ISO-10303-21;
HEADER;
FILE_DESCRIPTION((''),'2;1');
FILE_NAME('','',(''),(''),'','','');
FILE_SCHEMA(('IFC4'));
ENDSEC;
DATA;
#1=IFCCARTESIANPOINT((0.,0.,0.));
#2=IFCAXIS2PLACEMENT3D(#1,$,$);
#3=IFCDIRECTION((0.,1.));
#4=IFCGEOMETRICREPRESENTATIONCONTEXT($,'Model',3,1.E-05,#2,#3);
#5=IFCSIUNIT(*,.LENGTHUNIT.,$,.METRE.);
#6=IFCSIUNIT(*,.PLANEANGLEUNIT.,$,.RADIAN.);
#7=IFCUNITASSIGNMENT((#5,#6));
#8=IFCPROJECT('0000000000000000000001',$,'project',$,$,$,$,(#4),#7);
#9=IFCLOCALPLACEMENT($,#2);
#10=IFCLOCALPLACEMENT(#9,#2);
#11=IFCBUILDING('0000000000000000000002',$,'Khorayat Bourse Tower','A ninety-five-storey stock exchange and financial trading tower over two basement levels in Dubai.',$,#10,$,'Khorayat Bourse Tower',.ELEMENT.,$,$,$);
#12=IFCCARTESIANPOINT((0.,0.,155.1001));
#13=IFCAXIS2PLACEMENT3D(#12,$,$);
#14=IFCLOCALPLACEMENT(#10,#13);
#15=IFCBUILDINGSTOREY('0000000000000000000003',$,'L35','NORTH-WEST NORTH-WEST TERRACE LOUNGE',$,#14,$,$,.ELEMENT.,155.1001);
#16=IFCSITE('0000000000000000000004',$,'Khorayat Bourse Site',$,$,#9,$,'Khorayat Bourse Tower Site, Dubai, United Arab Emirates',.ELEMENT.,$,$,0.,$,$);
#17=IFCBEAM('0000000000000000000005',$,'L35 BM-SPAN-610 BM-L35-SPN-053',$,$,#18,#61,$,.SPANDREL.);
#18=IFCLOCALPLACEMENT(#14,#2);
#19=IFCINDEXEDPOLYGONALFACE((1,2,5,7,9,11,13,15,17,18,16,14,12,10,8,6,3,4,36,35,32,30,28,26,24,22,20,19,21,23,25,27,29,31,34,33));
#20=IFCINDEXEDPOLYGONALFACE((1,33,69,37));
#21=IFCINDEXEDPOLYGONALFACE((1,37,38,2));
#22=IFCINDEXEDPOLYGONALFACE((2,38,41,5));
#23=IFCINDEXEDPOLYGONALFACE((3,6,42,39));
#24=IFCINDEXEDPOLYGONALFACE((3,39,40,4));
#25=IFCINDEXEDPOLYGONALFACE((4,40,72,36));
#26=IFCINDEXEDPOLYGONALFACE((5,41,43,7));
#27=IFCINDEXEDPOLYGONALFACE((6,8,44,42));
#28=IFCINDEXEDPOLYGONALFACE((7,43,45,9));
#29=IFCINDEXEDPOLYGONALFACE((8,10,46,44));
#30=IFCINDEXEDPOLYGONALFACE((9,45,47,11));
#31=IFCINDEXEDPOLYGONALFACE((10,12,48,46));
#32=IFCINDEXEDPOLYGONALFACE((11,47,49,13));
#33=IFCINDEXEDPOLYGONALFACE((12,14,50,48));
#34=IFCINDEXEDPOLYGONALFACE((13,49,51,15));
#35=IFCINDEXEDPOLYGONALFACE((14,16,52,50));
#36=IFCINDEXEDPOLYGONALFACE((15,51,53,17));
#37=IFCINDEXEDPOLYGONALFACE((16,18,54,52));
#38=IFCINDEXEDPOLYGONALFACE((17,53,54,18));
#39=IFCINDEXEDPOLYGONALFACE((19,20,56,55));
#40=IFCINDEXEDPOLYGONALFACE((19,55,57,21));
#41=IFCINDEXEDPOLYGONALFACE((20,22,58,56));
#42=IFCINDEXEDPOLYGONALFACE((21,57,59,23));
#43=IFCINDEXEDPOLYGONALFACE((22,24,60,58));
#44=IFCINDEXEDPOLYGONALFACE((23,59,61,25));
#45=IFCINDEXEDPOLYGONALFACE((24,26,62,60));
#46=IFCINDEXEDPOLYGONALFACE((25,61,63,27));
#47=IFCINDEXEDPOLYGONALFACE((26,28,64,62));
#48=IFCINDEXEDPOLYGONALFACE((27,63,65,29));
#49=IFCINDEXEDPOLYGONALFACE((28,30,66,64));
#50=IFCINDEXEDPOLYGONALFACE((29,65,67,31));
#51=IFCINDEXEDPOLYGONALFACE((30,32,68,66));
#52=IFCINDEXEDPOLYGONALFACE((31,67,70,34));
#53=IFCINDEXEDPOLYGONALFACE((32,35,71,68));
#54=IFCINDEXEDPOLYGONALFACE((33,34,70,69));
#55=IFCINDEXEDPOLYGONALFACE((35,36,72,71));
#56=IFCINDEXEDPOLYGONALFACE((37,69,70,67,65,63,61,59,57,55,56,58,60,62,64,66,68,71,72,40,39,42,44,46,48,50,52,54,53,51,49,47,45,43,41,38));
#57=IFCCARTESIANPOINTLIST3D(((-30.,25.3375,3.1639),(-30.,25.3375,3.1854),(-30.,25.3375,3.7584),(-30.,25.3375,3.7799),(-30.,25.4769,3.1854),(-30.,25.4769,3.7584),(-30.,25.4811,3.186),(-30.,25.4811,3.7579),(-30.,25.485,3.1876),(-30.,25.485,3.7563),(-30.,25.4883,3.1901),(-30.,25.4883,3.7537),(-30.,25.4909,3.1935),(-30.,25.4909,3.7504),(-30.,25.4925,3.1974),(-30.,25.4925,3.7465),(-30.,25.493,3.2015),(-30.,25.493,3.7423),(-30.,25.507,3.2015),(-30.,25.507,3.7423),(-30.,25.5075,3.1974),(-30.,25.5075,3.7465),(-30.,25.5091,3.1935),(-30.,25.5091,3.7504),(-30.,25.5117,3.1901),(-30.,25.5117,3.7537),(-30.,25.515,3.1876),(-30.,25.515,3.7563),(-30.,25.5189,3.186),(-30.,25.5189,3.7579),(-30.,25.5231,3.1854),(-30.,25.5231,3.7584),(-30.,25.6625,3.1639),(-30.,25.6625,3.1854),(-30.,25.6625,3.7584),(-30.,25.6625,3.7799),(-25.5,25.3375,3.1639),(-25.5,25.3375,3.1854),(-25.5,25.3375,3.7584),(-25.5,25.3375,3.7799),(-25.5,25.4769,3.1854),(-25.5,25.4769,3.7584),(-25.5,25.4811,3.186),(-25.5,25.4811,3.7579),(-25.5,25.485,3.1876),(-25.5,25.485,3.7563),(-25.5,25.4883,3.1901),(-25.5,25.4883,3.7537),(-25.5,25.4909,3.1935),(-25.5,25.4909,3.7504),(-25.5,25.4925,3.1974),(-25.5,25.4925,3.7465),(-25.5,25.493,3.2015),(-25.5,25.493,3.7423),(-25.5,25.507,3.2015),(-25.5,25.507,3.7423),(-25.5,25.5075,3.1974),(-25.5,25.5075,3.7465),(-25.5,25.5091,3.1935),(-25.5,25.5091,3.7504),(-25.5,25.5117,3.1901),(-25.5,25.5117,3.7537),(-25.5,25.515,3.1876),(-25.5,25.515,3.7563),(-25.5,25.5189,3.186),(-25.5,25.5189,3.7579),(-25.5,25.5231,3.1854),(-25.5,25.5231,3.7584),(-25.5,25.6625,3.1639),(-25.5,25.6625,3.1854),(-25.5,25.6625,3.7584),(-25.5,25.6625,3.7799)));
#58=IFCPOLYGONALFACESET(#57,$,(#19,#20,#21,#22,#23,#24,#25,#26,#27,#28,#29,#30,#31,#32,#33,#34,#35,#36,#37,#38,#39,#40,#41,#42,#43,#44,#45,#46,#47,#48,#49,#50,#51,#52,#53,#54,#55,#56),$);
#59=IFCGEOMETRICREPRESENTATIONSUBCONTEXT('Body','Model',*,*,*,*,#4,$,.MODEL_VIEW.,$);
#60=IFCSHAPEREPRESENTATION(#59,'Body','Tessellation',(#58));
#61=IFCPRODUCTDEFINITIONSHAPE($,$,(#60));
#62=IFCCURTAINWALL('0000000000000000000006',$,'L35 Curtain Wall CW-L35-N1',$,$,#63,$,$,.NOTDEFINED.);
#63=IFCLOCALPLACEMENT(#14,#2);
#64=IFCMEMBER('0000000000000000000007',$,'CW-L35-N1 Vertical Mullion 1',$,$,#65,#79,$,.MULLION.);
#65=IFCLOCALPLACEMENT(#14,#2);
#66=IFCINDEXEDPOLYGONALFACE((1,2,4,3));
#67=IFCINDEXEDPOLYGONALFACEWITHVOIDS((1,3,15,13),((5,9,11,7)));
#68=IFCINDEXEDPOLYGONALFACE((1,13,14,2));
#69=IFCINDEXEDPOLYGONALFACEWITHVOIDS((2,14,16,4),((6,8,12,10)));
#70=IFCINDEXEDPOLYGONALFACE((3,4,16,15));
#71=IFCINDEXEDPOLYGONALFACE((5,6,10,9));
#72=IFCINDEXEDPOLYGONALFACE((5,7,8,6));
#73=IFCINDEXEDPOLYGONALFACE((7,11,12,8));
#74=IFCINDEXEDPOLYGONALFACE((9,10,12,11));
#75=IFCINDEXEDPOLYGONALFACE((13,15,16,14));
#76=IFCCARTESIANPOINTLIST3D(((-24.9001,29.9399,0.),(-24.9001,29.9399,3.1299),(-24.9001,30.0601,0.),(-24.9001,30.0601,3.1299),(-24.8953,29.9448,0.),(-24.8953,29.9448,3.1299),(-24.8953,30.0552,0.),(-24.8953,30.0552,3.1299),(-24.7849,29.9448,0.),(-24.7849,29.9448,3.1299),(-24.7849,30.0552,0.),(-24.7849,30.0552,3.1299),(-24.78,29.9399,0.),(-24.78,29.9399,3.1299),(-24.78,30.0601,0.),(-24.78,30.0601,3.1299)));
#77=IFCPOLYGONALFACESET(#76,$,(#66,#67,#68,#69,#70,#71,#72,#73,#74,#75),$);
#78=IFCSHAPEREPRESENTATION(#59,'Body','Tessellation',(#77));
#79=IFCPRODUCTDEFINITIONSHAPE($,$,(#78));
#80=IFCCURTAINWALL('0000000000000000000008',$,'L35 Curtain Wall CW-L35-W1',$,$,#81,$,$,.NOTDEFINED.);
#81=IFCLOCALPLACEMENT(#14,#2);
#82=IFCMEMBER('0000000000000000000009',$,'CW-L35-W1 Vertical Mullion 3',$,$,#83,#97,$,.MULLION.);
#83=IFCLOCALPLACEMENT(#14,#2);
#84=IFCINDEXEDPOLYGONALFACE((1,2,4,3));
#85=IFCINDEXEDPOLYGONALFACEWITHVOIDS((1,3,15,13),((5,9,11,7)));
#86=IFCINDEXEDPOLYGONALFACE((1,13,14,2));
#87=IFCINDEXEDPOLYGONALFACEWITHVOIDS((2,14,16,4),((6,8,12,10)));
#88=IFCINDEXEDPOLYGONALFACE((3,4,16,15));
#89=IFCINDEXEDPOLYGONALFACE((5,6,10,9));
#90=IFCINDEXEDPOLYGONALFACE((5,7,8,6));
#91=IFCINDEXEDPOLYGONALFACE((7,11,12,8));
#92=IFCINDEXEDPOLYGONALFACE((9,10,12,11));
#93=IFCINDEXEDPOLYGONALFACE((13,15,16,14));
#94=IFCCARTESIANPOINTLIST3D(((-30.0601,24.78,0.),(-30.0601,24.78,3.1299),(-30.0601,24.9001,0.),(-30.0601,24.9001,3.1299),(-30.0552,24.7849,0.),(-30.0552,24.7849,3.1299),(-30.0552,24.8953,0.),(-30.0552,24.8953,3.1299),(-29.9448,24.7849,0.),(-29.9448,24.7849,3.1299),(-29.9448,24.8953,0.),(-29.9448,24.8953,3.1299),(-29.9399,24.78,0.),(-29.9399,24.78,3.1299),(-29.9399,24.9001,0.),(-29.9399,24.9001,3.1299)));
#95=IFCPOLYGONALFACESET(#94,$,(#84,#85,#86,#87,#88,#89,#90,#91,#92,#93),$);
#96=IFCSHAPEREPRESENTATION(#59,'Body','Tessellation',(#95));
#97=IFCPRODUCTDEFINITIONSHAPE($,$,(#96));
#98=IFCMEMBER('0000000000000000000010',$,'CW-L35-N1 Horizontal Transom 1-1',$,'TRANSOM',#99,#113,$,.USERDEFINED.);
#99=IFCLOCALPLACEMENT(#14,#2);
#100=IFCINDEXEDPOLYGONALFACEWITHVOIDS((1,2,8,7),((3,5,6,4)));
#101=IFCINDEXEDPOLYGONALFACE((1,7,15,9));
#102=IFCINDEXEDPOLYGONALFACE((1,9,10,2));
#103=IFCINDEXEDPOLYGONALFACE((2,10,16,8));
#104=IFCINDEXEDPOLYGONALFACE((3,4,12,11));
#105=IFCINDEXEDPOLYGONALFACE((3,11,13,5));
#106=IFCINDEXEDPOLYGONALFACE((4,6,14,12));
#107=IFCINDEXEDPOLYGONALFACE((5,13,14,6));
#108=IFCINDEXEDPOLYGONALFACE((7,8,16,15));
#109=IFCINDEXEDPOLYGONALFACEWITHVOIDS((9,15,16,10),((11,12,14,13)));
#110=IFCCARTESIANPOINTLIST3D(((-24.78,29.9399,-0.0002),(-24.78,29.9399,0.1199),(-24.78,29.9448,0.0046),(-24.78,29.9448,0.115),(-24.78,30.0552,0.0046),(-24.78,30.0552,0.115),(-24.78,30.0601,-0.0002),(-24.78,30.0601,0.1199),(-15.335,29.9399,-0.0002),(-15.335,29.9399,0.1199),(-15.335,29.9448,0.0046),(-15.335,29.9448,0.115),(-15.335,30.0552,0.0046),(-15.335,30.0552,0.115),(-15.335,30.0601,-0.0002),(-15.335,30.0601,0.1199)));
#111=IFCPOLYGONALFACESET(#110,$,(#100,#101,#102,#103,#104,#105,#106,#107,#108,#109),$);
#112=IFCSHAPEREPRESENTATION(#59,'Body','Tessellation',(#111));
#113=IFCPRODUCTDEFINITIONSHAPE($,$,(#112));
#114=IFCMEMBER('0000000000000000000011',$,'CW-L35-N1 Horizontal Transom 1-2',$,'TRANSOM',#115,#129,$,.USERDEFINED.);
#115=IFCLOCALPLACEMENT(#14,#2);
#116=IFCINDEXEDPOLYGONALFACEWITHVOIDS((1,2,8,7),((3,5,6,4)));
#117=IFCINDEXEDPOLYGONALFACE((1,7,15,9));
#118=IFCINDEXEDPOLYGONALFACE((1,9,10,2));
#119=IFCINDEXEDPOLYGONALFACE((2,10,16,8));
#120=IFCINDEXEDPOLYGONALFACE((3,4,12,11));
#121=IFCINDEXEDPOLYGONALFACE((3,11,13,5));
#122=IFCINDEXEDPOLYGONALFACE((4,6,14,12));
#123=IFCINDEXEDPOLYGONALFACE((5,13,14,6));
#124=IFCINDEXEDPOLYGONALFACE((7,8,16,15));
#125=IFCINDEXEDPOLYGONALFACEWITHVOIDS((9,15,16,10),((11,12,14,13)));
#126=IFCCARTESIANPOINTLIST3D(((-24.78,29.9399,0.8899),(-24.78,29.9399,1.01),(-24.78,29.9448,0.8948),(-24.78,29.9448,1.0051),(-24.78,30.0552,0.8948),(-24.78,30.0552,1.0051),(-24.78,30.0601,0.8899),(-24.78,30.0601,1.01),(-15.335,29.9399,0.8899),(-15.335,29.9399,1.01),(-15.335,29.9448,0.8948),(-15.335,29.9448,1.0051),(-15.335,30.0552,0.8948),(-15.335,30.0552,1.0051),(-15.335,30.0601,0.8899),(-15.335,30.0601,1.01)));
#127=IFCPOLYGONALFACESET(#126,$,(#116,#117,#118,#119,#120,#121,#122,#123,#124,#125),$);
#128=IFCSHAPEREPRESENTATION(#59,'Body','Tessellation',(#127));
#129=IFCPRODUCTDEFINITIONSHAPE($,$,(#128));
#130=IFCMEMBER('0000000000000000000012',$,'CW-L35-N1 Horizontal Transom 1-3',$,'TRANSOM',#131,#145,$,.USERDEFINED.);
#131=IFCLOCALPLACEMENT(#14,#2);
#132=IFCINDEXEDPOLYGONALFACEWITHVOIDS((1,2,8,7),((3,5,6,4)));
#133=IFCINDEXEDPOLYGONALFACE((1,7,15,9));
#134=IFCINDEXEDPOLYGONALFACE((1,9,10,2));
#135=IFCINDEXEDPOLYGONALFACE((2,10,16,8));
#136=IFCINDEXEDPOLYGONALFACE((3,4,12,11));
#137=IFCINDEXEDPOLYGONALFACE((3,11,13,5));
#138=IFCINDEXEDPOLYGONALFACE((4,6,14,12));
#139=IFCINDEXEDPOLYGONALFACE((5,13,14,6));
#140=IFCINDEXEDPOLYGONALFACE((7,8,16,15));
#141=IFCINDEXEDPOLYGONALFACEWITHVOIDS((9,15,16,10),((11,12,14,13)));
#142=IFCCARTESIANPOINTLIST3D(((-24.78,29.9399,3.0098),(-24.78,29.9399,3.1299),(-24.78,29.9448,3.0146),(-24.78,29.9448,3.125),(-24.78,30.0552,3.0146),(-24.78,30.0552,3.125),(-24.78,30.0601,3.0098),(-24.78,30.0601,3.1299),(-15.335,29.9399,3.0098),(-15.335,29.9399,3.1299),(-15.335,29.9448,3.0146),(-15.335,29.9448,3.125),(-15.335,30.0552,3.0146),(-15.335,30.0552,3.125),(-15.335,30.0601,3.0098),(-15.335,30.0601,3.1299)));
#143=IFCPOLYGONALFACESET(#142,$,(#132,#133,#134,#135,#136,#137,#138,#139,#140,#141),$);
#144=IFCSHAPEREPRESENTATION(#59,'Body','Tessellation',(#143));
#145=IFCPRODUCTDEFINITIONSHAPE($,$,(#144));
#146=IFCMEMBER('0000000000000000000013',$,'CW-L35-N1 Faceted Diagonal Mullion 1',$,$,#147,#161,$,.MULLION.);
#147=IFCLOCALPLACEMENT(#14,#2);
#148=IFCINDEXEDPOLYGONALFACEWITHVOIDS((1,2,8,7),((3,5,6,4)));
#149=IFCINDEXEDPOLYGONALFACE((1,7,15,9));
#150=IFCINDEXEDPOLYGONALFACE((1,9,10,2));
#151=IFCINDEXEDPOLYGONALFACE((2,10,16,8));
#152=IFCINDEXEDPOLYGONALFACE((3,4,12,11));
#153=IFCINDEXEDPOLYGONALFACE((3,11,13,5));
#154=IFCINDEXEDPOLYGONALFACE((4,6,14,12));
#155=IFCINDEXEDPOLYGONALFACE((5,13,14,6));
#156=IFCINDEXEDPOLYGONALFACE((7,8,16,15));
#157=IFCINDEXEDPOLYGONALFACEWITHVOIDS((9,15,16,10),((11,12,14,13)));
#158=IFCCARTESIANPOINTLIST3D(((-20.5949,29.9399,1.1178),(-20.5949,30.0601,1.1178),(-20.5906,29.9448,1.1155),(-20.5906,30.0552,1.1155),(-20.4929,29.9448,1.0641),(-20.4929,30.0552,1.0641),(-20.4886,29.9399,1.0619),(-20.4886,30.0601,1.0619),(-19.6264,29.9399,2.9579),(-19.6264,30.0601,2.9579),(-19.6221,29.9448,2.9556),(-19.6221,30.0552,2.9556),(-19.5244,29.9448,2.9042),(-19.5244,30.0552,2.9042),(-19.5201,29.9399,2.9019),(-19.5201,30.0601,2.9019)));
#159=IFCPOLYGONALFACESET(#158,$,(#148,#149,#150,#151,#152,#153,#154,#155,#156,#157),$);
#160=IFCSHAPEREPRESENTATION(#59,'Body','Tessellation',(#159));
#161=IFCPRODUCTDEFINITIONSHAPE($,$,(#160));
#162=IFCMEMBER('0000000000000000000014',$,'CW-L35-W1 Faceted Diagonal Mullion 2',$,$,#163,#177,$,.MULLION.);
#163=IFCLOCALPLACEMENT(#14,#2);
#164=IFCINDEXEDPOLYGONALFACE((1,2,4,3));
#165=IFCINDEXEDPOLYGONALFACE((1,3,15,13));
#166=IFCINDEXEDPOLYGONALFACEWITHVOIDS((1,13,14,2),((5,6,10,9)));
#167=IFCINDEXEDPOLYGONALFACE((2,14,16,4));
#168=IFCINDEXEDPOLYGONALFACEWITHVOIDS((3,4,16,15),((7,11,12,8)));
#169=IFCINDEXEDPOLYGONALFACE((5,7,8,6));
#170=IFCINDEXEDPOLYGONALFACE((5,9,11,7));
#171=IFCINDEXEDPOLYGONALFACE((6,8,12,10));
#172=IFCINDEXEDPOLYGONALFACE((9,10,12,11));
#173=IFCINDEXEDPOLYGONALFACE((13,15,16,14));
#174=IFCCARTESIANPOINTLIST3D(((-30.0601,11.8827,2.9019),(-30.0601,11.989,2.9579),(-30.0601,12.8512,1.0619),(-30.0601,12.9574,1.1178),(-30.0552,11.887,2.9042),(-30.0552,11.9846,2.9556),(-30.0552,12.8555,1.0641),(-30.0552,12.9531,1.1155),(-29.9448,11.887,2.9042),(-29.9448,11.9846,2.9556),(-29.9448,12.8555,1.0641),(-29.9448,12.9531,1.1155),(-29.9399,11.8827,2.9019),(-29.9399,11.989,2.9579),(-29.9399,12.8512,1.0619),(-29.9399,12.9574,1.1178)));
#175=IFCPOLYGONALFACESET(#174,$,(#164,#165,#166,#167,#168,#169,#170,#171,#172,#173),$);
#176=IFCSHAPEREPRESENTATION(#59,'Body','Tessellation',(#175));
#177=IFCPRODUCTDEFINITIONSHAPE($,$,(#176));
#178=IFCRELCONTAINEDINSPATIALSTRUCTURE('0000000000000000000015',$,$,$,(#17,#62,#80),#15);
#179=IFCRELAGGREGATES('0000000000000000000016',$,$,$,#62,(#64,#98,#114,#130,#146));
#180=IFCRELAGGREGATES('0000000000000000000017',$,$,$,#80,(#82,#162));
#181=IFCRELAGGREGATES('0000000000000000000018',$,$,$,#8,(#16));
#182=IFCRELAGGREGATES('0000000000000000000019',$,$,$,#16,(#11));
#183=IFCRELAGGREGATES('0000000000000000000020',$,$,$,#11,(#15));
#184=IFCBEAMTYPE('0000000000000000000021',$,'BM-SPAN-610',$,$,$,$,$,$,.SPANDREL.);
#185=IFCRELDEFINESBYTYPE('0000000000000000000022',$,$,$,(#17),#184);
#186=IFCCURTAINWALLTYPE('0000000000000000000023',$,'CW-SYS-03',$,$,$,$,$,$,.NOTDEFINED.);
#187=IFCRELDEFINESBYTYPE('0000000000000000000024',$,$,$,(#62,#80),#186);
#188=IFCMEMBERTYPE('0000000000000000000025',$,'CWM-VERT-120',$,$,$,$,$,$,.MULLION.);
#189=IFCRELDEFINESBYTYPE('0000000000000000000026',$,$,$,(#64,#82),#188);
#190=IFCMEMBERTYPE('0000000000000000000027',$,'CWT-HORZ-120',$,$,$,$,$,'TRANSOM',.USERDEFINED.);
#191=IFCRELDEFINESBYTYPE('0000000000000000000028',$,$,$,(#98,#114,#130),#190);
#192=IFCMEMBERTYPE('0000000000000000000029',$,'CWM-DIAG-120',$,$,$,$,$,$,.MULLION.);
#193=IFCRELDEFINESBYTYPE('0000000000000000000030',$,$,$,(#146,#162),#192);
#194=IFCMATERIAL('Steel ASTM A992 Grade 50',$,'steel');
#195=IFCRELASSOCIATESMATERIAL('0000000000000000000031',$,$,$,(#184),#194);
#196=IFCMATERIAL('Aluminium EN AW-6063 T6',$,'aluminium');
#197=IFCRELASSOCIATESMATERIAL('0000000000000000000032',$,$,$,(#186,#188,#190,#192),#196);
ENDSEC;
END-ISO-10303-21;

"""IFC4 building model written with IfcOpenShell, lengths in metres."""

from ifc_helpers import new_model, si_unit, direction, frame, origin, origin_2d, place, context, subcontext, project, spatial, hollow_rectangle, i_section, extrude, source, transform, mapped, material, material_profile, profile_set, type_object, element, aggregate, save


model = new_model("IFC4")

# Units and contexts
model_context = context("Model", 3, precision=1e-05, world=origin(), true_north=direction((0.0, 1.0)))
body_context = subcontext(model_context, "Body", "Model", "MODEL_VIEW")
ifc_project = project(units=[si_unit("LENGTHUNIT", "METRE"), si_unit("PLANEANGLEUNIT", "RADIAN")], contexts=[model_context])

# Site, building, storey
site_placement = place(None, origin())
site = spatial("IfcSite", under=ifc_project, at=site_placement, Name="Khorayat Bourse Site", LongName="Khorayat Bourse Tower Site, Dubai, United Arab Emirates", CompositionType="ELEMENT", RefElevation=0.0)
building_placement = place(site_placement, origin())
building = spatial("IfcBuilding", under=site, at=building_placement, Name="Khorayat Bourse Tower", Description="A ninety-five-storey stock exchange and financial trading tower over two basement levels in Dubai.", LongName="Khorayat Bourse Tower", CompositionType="ELEMENT")
storey_placement = place(building_placement, frame((0.0, 0.0, 155.1001)))
storey = spatial("IfcBuildingStorey", under=building, at=storey_placement, Name="L35", Description="NORTH-WEST NORTH-WEST TERRACE LOUNGE", CompositionType="ELEMENT", Elevation=155.1001)

# Beam
ifc_material_1 = material(Name="Steel ASTM A992 Grade 50", Category="steel")
ifc_material_profile_1 = material_profile(ifc_material_1, i_section(OverallWidth=0.325, OverallDepth=0.616, WebThickness=0.0139, FlangeThickness=0.0215, FilletRadius=0.0161, at=origin_2d()), Name="W610X174")
ifc_profile_set_1 = profile_set([ifc_material_profile_1], Name="Steel ASTM A992 Grade 50")
beam_type_1 = type_object("IfcBeamType", Name="BM-SPAN-610", PredefinedType="SPANDREL", material=ifc_profile_set_1)
shared_shape_1 = source(origin(), body_context, "Body", "SweptSolid", [
    extrude(i_section(OverallWidth=0.325, OverallDepth=0.616, WebThickness=0.0139, FlangeThickness=0.0215, FilletRadius=0.0161, at=origin_2d()), origin(), (0.0, 0.0, 1.0), 4.5),
])
for number, where, z_axis, x_axis, name in (
    (1, (-30.0, 25.5, 3.4719), (1.0, 0.0, 0.0), (0.0, 1.0, 0.0), "L35 BM-SPAN-610 BM-L35-SPN-053"),
):
    element("IfcBeam", number, at=place(storey_placement, frame(where, z_axis=z_axis, x_axis=x_axis)), inside=storey, type_object=beam_type_1, Name=name, PredefinedType="SPANDREL", context=body_context, shape_type="MappedRepresentation", body=[
        mapped(shared_shape_1, transform((0.0, 0.0, 0.0), scale=1.0)),
    ])

# Curtain walls, members
ifc_material_2 = material(Name="Aluminium EN AW-6063 T6", Category="aluminium")
curtain_wall_type = type_object("IfcCurtainWallType", Name="CW-SYS-03", PredefinedType="NOTDEFINED", material=ifc_material_2)
curtain_wall_1_placement = place(storey_placement, origin())
curtain_wall_1 = element("IfcCurtainWall", 2, at=curtain_wall_1_placement, inside=storey, type_object=curtain_wall_type, Name="L35 Curtain Wall CW-L35-N1", PredefinedType="NOTDEFINED")
ifc_material_profile_2 = material_profile(ifc_material_2, hollow_rectangle(XDim=0.1201, YDim=0.1201, WallThickness=0.0049, at=origin_2d()), Name="ALU 120x120x5")
ifc_profile_set_2 = profile_set([ifc_material_profile_2], Name="Aluminium EN AW-6063 T6")
member_type_1 = type_object("IfcMemberType", Name="CWM-VERT-120", PredefinedType="MULLION", material=ifc_profile_set_2)
shared_shape_2 = source(origin(), body_context, "Body", "SweptSolid", [
    extrude(hollow_rectangle(XDim=0.1201, YDim=0.1201, WallThickness=0.0049, at=origin_2d()), origin(), (0.0, 0.0, 1.0), 3.1299),
])
member_1_placement = place(storey_placement, frame((-24.8401, 30.0, 0.0), z_axis=(0.0, 0.0, 1.0), x_axis=(0.0, 1.0, 0.0)))
member_1 = element("IfcMember", 3, at=member_1_placement, type_object=member_type_1, Name="CW-L35-N1 Vertical Mullion 1", PredefinedType="MULLION", context=body_context, shape_type="MappedRepresentation", body=[
    mapped(shared_shape_2, transform((0.0, 0.0, 0.0), scale=1.0)),
])
curtain_wall_2_placement = place(storey_placement, origin())
curtain_wall_2 = element("IfcCurtainWall", 4, at=curtain_wall_2_placement, inside=storey, type_object=curtain_wall_type, Name="L35 Curtain Wall CW-L35-W1", PredefinedType="NOTDEFINED")
member_2_placement = place(storey_placement, frame((-30.0, 24.8401, 0.0), z_axis=(0.0, 0.0, 1.0), x_axis=(-1.0, 0.0, 0.0)))
member_2 = element("IfcMember", 5, at=member_2_placement, type_object=member_type_1, Name="CW-L35-W1 Vertical Mullion 3", PredefinedType="MULLION", context=body_context, shape_type="MappedRepresentation", body=[
    mapped(shared_shape_2, transform((0.0, 0.0, 0.0), scale=1.0)),
])

# Members
ifc_material_profile_3 = material_profile(ifc_material_2, hollow_rectangle(XDim=0.1201, YDim=0.1201, WallThickness=0.0049, at=origin_2d()), Name="ALU 120x120x5")
ifc_profile_set_3 = profile_set([ifc_material_profile_3], Name="Aluminium EN AW-6063 T6")
member_type_2 = type_object("IfcMemberType", Name="CWT-HORZ-120", ElementType="TRANSOM", PredefinedType="USERDEFINED", material=ifc_profile_set_3)
shared_shape_3 = source(origin(), body_context, "Body", "SweptSolid", [
    extrude(hollow_rectangle(XDim=0.1201, YDim=0.1201, WallThickness=0.0049, at=origin_2d()), origin(), (0.0, 0.0, 1.0), 9.4451),
])
member_3_placement = place(storey_placement, frame((-24.78, 30.0, 0.0598), z_axis=(1.0, 0.0, 0.0), x_axis=(0.0, 1.0, 0.0)))
member_3 = element("IfcMember", 6, at=member_3_placement, type_object=member_type_2, Name="CW-L35-N1 Horizontal Transom 1-1", ObjectType="TRANSOM", PredefinedType="USERDEFINED", context=body_context, shape_type="MappedRepresentation", body=[
    mapped(shared_shape_3, transform((0.0, 0.0, 0.0), scale=1.0)),
])
member_4_placement = place(storey_placement, frame((-24.78, 30.0, 0.95), z_axis=(1.0, 0.0, 0.0), x_axis=(0.0, 1.0, 0.0)))
member_4 = element("IfcMember", 7, at=member_4_placement, type_object=member_type_2, Name="CW-L35-N1 Horizontal Transom 1-2", ObjectType="TRANSOM", PredefinedType="USERDEFINED", context=body_context, shape_type="MappedRepresentation", body=[
    mapped(shared_shape_3, transform((0.0, 0.0, 0.0), scale=1.0)),
])
member_5_placement = place(storey_placement, frame((-24.78, 30.0, 3.0698), z_axis=(1.0, 0.0, 0.0), x_axis=(0.0, 1.0, 0.0)))
member_5 = element("IfcMember", 8, at=member_5_placement, type_object=member_type_2, Name="CW-L35-N1 Horizontal Transom 1-3", ObjectType="TRANSOM", PredefinedType="USERDEFINED", context=body_context, shape_type="MappedRepresentation", body=[
    mapped(shared_shape_3, transform((0.0, 0.0, 0.0), scale=1.0)),
])
ifc_material_profile_4 = material_profile(ifc_material_2, hollow_rectangle(XDim=0.1201, YDim=0.1201, WallThickness=0.0049, at=origin_2d()), Name="ALU 120x120x5")
ifc_profile_set_4 = profile_set([ifc_material_profile_4], Name="Aluminium EN AW-6063 T6")
member_type_3 = type_object("IfcMemberType", Name="CWM-DIAG-120", PredefinedType="MULLION", material=ifc_profile_set_4)
shared_shape_4 = source(origin(), body_context, "Body", "SweptSolid", [
    extrude(hollow_rectangle(XDim=0.1201, YDim=0.1201, WallThickness=0.0049, at=origin_2d()), origin(), (0.0, 0.0, 1.0), 2.0793),
])
member_6_placement = place(storey_placement, frame((-20.5417, 30.0, 1.0898), z_axis=(0.465761, 0.0, 0.884911), x_axis=(0.0, 1.0, 0.0)))
member_6 = element("IfcMember", 9, at=member_6_placement, type_object=member_type_3, Name="CW-L35-N1 Faceted Diagonal Mullion 1", PredefinedType="MULLION", context=body_context, shape_type="MappedRepresentation", body=[
    mapped(shared_shape_4, transform((0.0, 0.0, 0.0), scale=1.0)),
])
member_7_placement = place(storey_placement, frame((-30.0, 12.9043, 1.0898), z_axis=(0.0, -0.465761, 0.884911), x_axis=(1.0, 0.0, 0.0)))
member_7 = element("IfcMember", 10, at=member_7_placement, type_object=member_type_3, Name="CW-L35-W1 Faceted Diagonal Mullion 2", PredefinedType="MULLION", context=body_context, shape_type="MappedRepresentation", body=[
    mapped(shared_shape_4, transform((0.0, 0.0, 0.0), scale=1.0)),
])

aggregate(curtain_wall_1, [member_1, member_3, member_4, member_5, member_6])
aggregate(curtain_wall_2, [member_2, member_7])

save(model, "model.ifc")
